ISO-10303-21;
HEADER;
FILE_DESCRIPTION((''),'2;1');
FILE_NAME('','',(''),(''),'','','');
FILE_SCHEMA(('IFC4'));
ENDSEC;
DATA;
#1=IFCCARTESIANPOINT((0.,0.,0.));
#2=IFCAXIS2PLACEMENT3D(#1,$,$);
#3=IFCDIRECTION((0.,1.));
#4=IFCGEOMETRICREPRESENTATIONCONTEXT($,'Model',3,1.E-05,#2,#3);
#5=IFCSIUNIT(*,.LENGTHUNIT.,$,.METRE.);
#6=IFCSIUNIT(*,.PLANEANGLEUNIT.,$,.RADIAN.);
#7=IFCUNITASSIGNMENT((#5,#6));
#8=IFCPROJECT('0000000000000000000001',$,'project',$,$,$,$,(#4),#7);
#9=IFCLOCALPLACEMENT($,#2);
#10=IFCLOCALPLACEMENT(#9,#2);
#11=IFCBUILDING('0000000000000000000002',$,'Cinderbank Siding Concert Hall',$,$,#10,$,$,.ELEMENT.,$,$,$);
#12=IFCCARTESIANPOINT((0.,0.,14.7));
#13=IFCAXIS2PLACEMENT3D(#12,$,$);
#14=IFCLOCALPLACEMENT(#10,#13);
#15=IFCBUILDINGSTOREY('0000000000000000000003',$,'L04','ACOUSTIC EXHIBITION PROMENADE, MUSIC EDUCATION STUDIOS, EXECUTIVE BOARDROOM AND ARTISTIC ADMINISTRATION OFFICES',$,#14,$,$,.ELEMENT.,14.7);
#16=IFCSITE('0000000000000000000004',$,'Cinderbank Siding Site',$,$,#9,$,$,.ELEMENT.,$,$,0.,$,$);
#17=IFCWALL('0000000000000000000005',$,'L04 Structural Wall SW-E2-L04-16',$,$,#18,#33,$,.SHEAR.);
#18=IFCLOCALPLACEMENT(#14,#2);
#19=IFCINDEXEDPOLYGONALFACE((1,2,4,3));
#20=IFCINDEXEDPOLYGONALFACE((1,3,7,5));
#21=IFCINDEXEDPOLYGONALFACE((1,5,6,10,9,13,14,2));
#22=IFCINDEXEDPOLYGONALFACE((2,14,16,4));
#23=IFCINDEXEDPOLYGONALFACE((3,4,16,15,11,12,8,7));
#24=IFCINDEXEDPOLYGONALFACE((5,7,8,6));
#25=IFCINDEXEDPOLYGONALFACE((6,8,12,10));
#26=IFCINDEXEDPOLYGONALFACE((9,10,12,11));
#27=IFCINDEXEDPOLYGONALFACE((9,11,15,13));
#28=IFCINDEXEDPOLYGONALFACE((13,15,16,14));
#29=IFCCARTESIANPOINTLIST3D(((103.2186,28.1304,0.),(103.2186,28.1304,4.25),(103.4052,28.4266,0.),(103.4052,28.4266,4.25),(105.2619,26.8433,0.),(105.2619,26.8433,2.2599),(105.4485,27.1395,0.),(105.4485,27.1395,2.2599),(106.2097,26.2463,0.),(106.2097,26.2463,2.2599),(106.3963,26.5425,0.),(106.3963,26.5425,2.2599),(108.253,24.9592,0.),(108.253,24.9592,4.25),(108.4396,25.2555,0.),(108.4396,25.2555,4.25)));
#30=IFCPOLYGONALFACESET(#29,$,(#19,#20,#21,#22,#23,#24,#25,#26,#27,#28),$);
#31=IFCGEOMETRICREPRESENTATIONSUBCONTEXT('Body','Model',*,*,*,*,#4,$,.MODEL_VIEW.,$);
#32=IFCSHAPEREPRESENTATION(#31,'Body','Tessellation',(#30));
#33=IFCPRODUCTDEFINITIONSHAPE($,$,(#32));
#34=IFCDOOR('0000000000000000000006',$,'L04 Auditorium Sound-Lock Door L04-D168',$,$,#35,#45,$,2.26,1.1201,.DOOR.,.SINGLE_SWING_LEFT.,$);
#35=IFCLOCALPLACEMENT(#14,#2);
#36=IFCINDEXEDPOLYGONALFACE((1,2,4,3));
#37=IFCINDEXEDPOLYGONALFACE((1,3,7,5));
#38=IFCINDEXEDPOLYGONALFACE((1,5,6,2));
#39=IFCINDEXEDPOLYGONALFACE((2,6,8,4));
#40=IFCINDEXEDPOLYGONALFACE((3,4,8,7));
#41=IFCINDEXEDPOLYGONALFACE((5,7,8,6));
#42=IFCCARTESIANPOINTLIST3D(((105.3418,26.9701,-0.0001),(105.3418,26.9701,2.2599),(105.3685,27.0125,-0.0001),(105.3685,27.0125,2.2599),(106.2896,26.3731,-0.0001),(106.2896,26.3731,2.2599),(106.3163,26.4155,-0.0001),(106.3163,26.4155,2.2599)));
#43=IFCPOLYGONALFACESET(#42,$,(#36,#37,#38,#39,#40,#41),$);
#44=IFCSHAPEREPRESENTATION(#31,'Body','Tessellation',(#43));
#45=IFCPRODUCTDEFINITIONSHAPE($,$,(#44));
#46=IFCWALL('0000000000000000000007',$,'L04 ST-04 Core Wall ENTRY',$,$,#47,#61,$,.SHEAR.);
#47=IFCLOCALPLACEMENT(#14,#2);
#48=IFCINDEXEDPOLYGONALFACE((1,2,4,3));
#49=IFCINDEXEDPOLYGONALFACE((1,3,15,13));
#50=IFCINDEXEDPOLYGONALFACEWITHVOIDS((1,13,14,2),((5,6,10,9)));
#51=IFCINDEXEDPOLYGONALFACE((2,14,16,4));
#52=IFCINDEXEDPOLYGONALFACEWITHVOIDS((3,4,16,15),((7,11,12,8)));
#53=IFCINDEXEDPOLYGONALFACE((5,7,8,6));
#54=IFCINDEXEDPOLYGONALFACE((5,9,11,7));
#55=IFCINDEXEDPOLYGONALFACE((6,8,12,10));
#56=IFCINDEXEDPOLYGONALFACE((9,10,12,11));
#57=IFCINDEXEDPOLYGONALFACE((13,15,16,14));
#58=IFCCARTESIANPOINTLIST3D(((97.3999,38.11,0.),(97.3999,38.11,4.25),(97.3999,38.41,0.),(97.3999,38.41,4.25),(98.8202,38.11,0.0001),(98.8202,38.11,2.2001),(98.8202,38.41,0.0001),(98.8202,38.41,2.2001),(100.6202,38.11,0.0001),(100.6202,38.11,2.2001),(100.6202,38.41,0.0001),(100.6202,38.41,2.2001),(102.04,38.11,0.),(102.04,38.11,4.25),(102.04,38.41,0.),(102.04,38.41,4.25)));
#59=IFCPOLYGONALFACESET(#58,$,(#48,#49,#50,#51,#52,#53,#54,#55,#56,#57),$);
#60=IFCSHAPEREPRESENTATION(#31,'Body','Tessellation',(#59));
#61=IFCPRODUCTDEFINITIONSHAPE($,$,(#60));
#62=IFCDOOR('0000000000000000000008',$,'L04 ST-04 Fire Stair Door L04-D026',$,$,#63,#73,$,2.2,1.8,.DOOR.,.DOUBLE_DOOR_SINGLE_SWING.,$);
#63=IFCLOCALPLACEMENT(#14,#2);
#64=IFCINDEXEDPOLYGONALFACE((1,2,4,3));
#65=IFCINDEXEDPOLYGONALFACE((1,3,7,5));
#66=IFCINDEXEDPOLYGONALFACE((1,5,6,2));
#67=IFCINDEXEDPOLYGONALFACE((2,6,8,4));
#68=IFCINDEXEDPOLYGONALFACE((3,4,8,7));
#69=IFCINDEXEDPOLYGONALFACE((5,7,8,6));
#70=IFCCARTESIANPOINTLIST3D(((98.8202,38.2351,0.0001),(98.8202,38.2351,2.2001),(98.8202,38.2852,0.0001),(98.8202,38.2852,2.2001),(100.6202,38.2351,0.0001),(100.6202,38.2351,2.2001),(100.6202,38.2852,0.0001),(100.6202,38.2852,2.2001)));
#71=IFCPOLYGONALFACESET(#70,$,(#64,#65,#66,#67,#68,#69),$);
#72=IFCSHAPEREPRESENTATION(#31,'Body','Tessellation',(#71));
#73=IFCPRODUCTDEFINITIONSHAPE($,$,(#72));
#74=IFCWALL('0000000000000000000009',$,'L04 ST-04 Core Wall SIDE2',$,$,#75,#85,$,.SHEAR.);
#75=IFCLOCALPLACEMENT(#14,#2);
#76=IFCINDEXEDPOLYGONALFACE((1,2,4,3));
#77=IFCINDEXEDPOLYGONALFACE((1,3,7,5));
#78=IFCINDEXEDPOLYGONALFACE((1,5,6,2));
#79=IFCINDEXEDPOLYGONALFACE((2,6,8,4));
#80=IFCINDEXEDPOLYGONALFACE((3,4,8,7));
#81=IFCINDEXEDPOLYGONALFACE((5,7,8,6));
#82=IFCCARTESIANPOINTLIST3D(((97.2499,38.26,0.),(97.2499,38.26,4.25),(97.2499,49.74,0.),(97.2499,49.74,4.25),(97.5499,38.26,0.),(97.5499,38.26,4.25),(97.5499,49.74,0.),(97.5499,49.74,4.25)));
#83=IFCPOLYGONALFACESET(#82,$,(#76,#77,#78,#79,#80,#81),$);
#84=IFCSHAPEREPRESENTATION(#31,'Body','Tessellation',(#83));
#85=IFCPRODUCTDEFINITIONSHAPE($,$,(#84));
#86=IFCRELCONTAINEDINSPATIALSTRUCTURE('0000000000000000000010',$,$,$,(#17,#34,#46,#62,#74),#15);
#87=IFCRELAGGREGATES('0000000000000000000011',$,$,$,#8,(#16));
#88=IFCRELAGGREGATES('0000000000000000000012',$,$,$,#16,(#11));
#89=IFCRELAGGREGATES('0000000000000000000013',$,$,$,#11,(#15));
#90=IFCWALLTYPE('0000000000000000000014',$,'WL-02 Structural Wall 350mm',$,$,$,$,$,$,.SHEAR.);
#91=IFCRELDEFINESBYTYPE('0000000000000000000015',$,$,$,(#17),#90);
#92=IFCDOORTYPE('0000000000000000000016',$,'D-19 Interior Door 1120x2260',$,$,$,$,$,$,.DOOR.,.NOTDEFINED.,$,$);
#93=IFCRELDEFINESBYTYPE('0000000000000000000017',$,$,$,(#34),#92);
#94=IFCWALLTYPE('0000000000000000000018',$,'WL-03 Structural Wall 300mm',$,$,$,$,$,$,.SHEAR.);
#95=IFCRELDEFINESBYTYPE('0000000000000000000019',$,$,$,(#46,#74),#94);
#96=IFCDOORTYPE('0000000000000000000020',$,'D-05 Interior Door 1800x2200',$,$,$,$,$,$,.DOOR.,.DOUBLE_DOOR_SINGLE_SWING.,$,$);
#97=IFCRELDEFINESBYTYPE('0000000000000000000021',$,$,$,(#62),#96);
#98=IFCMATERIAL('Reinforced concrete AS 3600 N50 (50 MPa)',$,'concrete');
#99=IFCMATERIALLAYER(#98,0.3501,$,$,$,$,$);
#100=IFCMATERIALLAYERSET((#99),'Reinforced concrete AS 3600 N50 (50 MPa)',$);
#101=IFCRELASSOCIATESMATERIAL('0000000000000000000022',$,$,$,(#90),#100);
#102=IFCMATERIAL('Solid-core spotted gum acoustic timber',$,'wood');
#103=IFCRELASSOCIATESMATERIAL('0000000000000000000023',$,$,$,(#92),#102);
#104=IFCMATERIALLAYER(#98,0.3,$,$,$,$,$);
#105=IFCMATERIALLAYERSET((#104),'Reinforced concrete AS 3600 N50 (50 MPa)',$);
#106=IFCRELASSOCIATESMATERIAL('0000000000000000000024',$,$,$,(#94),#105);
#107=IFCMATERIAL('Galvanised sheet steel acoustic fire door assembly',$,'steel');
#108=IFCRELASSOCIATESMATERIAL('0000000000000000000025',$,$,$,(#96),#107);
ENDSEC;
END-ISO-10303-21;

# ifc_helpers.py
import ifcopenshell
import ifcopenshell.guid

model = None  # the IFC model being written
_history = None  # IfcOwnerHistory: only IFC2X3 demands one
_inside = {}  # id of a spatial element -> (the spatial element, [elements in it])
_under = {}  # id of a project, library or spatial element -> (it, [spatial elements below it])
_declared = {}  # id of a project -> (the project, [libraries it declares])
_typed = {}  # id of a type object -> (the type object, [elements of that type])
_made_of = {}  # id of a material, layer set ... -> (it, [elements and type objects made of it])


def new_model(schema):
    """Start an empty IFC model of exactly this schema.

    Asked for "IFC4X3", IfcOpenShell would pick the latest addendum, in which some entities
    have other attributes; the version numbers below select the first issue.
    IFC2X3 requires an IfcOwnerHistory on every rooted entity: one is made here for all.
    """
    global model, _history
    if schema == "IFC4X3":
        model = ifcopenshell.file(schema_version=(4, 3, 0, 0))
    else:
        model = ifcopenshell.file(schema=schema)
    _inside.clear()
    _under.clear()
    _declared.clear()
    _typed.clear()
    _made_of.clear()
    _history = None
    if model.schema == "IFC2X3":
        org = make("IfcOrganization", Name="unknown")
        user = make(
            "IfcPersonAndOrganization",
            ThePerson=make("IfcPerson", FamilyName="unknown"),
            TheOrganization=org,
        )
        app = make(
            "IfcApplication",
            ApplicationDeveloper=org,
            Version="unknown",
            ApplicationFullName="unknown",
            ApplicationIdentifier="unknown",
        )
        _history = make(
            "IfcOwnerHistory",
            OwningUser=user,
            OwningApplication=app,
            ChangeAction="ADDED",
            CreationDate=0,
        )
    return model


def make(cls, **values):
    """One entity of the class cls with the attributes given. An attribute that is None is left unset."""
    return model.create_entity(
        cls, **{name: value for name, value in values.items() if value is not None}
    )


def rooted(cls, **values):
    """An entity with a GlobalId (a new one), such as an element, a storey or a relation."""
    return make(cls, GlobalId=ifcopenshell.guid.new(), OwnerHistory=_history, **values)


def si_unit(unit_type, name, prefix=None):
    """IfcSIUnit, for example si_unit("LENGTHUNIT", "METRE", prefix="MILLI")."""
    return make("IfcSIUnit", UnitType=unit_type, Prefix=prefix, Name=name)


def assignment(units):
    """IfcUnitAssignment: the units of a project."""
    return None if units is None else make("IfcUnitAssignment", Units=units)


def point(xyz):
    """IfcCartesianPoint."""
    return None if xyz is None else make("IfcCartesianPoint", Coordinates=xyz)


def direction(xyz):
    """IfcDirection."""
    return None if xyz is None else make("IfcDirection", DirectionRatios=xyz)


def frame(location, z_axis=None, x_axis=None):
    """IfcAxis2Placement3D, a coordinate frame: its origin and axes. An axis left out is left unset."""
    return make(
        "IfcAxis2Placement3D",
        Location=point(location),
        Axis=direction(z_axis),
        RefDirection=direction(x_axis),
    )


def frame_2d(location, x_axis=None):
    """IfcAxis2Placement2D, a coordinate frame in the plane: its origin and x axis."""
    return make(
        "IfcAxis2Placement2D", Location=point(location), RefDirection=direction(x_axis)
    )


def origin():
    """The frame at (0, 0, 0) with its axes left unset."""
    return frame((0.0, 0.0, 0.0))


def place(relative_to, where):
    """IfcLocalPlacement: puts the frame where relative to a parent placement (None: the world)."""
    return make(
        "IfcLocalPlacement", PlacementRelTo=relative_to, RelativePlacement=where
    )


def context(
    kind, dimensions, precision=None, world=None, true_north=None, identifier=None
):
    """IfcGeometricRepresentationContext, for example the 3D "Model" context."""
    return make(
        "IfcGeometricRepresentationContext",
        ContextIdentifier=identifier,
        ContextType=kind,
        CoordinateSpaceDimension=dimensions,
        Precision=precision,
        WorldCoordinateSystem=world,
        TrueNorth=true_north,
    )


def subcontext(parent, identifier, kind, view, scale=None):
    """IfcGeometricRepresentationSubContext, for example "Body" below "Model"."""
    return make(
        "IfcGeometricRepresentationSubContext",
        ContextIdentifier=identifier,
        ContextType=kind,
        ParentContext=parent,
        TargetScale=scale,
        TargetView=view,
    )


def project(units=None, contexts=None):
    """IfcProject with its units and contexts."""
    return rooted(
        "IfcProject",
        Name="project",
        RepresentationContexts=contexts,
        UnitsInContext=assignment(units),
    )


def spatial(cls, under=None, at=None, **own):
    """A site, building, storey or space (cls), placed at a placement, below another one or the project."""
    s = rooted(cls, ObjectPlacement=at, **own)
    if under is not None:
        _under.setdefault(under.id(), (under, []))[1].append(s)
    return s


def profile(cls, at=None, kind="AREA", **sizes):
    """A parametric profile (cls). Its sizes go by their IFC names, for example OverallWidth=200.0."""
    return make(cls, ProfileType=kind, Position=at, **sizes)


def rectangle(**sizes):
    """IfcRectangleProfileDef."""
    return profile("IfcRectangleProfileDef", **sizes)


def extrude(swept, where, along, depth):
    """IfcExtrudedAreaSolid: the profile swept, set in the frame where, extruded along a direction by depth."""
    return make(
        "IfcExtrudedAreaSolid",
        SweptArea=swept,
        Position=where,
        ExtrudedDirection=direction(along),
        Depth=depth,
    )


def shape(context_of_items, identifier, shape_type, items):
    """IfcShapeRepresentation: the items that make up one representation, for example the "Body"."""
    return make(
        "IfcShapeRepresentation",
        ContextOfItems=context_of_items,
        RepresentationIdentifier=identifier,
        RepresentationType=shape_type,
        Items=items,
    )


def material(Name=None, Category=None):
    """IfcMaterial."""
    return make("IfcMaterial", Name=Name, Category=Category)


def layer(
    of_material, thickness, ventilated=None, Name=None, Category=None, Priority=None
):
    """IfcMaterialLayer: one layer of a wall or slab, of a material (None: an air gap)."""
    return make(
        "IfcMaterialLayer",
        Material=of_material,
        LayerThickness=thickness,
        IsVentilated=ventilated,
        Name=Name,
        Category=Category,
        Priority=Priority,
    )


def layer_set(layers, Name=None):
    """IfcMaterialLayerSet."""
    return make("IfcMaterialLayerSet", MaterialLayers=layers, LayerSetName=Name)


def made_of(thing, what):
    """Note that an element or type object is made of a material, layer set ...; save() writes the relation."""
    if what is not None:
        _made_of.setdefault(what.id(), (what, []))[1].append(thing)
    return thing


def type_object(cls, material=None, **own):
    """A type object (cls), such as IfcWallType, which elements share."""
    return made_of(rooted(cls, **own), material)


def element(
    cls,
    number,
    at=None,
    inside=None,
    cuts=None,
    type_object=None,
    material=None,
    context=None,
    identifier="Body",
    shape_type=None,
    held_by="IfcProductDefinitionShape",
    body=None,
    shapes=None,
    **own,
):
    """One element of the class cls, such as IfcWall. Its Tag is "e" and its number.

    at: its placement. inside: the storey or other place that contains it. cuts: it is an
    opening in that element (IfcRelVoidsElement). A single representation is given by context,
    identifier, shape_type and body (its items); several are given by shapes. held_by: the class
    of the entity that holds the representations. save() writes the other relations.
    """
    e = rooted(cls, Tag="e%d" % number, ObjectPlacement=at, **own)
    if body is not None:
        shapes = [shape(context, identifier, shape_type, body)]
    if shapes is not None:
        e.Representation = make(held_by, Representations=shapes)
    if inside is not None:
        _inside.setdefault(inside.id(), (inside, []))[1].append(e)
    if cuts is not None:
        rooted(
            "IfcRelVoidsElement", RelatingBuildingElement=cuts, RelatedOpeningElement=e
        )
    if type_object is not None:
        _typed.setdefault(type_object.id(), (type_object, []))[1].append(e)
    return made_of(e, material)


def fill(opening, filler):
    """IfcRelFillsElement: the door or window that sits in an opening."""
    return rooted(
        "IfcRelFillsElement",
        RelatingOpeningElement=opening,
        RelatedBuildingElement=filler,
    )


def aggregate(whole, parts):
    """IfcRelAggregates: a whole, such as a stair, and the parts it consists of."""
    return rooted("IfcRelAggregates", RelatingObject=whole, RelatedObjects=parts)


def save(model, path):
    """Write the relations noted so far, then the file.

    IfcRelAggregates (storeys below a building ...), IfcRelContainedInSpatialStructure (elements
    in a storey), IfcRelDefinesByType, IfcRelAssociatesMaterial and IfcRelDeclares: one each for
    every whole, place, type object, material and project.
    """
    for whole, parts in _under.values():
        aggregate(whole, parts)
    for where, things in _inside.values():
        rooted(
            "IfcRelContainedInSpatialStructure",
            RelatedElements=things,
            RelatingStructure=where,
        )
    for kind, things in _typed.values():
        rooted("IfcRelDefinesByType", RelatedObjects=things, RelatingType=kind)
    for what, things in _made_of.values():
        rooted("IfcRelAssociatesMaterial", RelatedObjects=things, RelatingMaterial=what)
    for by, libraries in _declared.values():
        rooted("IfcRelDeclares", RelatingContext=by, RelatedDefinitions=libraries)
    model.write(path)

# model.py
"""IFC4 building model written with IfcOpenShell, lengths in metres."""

from ifc_helpers import new_model, si_unit, direction, frame, frame_2d, origin, place, context, subcontext, project, spatial, rectangle, extrude, material, layer, layer_set, type_object, element, fill, save


model = new_model("IFC4")

# Units and contexts
model_context = context("Model", 3, precision=1e-05, world=origin(), true_north=direction((0.0, 1.0)))
body_context = subcontext(model_context, "Body", "Model", "MODEL_VIEW")
ifc_project = project(units=[si_unit("LENGTHUNIT", "METRE"), si_unit("PLANEANGLEUNIT", "RADIAN")], contexts=[model_context])

# Site, building, storey
site_placement = place(None, origin())
site = spatial("IfcSite", under=ifc_project, at=site_placement, Name="Cinderbank Siding Site", CompositionType="ELEMENT", RefElevation=0.0)
building_placement = place(site_placement, origin())
building = spatial("IfcBuilding", under=site, at=building_placement, Name="Cinderbank Siding Concert Hall", CompositionType="ELEMENT")
storey_placement = place(building_placement, frame((0.0, 0.0, 14.7)))
storey = spatial("IfcBuildingStorey", under=building, at=storey_placement, Name="L04", Description="ACOUSTIC EXHIBITION PROMENADE, MUSIC EDUCATION STUDIOS, EXECUTIVE BOARDROOM AND ARTISTIC ADMINISTRATION OFFICES", CompositionType="ELEMENT", Elevation=14.7)

# Shared definitions
ifc_material_1 = material(Name="Reinforced concrete AS 3600 N50 (50 MPa)", Category="concrete")

# Walls, openings, doors
ifc_layer_1 = layer(ifc_material_1, 0.3501)
ifc_layer_set_1 = layer_set([ifc_layer_1], Name="Reinforced concrete AS 3600 N50 (50 MPa)")
wall_type_1 = type_object("IfcWallType", Name="WL-02 Structural Wall 350mm", PredefinedType="SHEAR", material=ifc_layer_set_1)
ifc_material_2 = material(Name="Solid-core spotted gum acoustic timber", Category="wood")
door_type_1 = type_object("IfcDoorType", Name="D-19 Interior Door 1120x2260", OperationType="NOTDEFINED", PredefinedType="DOOR", material=ifc_material_2)
wall_1_placement = place(storey_placement, frame((103.3118, 28.2786, 0.0), z_axis=(0.0, 0.0, 1.0), x_axis=(0.846133, -0.532972, 0.0)))
wall_1 = element("IfcWall", 1, at=wall_1_placement, inside=storey, type_object=wall_type_1, Name="L04 Structural Wall SW-E2-L04-16", PredefinedType="SHEAR", context=body_context, shape_type="SweptSolid", body=[
    extrude(rectangle(XDim=5.95, YDim=0.3501, at=frame_2d((2.9751, 0.0))), origin(), (0.0, 0.0, 1.0), 4.25),
])
opening_1_placement = place(wall_1_placement, frame((2.415, 0.0, 0.0)))
opening_1 = element("IfcOpeningElement", 2, at=opening_1_placement, cuts=wall_1, PredefinedType="OPENING", context=body_context, shape_type="SweptSolid", body=[
    extrude(rectangle(XDim=1.1201, YDim=2.26, at=frame_2d((0.5601, 1.1299))), frame((0.0, 0.187, 0.0), z_axis=(0.0, -1.0, 0.0), x_axis=(1.0, 0.0, 0.0)), (0.0, 0.0, 1.0), 0.374),
])
door_1_placement = place(opening_1_placement, origin())
door_1 = element("IfcDoor", 3, at=door_1_placement, inside=storey, type_object=door_type_1, Name="L04 Auditorium Sound-Lock Door L04-D168", OperationType="SINGLE_SWING_LEFT", OverallHeight=2.26, OverallWidth=1.1201, PredefinedType="DOOR", context=body_context, shape_type="SweptSolid", body=[
    extrude(rectangle(XDim=1.1201, YDim=2.26, at=frame_2d((0.5601, 1.1299))), frame((0.0, 0.0249, 0.0), z_axis=(0.0, -1.0, 0.0), x_axis=(1.0, 0.0, 0.0)), (0.0, 0.0, 1.0), 0.05),
])
fill(opening_1, door_1)
ifc_layer_2 = layer(ifc_material_1, 0.3)
ifc_layer_set_2 = layer_set([ifc_layer_2], Name="Reinforced concrete AS 3600 N50 (50 MPa)")
wall_type_2 = type_object("IfcWallType", Name="WL-03 Structural Wall 300mm", PredefinedType="SHEAR", material=ifc_layer_set_2)
wall_2_placement = place(storey_placement, frame((102.04, 38.26, 0.0), z_axis=(0.0, 0.0, 1.0), x_axis=(-1.0, 0.0, 0.0)))
wall_2 = element("IfcWall", 4, at=wall_2_placement, inside=storey, type_object=wall_type_2, Name="L04 ST-04 Core Wall ENTRY", PredefinedType="SHEAR", context=body_context, shape_type="SweptSolid", body=[
    extrude(rectangle(XDim=4.6401, YDim=0.3, at=frame_2d((2.3201, 0.0))), origin(), (0.0, 0.0, 1.0), 4.25),
])
opening_2_placement = place(wall_2_placement, frame((1.4199, 0.0, 0.0)))
opening_2 = element("IfcOpeningElement", 5, at=opening_2_placement, cuts=wall_2, PredefinedType="OPENING", context=body_context, shape_type="SweptSolid", body=[
    extrude(rectangle(XDim=1.8, YDim=2.2, at=frame_2d((0.8999, 1.1001))), frame((0.0, 0.1621, 0.0), z_axis=(0.0, -1.0, 0.0), x_axis=(1.0, 0.0, 0.0)), (0.0, 0.0, 1.0), 0.324),
])
ifc_material_3 = material(Name="Galvanised sheet steel acoustic fire door assembly", Category="steel")
door_type_2 = type_object("IfcDoorType", Name="D-05 Interior Door 1800x2200", OperationType="DOUBLE_DOOR_SINGLE_SWING", PredefinedType="DOOR", material=ifc_material_3)
door_2_placement = place(opening_2_placement, origin())
door_2 = element("IfcDoor", 6, at=door_2_placement, inside=storey, type_object=door_type_2, Name="L04 ST-04 Fire Stair Door L04-D026", OperationType="DOUBLE_DOOR_SINGLE_SWING", OverallHeight=2.2, OverallWidth=1.8, PredefinedType="DOOR", context=body_context, shape_type="SweptSolid", body=[
    extrude(rectangle(XDim=1.8, YDim=2.2, at=frame_2d((0.8999, 1.1001))), frame((0.0, 0.0249, 0.0), z_axis=(0.0, -1.0, 0.0), x_axis=(1.0, 0.0, 0.0)), (0.0, 0.0, 1.0), 0.05),
])
fill(opening_2, door_2)

# Wall
wall_3_placement = place(storey_placement, frame((97.3999, 38.26, 0.0), z_axis=(0.0, 0.0, 1.0), x_axis=(0.0, 1.0, 0.0)))
element("IfcWall", 7, at=wall_3_placement, inside=storey, type_object=wall_type_2, Name="L04 ST-04 Core Wall SIDE2", PredefinedType="SHEAR", context=body_context, shape_type="SweptSolid", body=[
    extrude(rectangle(XDim=11.48, YDim=0.3, at=frame_2d((5.74, 0.0))), origin(), (0.0, 0.0, 1.0), 4.25),
])

save(model, "model.ifc")
